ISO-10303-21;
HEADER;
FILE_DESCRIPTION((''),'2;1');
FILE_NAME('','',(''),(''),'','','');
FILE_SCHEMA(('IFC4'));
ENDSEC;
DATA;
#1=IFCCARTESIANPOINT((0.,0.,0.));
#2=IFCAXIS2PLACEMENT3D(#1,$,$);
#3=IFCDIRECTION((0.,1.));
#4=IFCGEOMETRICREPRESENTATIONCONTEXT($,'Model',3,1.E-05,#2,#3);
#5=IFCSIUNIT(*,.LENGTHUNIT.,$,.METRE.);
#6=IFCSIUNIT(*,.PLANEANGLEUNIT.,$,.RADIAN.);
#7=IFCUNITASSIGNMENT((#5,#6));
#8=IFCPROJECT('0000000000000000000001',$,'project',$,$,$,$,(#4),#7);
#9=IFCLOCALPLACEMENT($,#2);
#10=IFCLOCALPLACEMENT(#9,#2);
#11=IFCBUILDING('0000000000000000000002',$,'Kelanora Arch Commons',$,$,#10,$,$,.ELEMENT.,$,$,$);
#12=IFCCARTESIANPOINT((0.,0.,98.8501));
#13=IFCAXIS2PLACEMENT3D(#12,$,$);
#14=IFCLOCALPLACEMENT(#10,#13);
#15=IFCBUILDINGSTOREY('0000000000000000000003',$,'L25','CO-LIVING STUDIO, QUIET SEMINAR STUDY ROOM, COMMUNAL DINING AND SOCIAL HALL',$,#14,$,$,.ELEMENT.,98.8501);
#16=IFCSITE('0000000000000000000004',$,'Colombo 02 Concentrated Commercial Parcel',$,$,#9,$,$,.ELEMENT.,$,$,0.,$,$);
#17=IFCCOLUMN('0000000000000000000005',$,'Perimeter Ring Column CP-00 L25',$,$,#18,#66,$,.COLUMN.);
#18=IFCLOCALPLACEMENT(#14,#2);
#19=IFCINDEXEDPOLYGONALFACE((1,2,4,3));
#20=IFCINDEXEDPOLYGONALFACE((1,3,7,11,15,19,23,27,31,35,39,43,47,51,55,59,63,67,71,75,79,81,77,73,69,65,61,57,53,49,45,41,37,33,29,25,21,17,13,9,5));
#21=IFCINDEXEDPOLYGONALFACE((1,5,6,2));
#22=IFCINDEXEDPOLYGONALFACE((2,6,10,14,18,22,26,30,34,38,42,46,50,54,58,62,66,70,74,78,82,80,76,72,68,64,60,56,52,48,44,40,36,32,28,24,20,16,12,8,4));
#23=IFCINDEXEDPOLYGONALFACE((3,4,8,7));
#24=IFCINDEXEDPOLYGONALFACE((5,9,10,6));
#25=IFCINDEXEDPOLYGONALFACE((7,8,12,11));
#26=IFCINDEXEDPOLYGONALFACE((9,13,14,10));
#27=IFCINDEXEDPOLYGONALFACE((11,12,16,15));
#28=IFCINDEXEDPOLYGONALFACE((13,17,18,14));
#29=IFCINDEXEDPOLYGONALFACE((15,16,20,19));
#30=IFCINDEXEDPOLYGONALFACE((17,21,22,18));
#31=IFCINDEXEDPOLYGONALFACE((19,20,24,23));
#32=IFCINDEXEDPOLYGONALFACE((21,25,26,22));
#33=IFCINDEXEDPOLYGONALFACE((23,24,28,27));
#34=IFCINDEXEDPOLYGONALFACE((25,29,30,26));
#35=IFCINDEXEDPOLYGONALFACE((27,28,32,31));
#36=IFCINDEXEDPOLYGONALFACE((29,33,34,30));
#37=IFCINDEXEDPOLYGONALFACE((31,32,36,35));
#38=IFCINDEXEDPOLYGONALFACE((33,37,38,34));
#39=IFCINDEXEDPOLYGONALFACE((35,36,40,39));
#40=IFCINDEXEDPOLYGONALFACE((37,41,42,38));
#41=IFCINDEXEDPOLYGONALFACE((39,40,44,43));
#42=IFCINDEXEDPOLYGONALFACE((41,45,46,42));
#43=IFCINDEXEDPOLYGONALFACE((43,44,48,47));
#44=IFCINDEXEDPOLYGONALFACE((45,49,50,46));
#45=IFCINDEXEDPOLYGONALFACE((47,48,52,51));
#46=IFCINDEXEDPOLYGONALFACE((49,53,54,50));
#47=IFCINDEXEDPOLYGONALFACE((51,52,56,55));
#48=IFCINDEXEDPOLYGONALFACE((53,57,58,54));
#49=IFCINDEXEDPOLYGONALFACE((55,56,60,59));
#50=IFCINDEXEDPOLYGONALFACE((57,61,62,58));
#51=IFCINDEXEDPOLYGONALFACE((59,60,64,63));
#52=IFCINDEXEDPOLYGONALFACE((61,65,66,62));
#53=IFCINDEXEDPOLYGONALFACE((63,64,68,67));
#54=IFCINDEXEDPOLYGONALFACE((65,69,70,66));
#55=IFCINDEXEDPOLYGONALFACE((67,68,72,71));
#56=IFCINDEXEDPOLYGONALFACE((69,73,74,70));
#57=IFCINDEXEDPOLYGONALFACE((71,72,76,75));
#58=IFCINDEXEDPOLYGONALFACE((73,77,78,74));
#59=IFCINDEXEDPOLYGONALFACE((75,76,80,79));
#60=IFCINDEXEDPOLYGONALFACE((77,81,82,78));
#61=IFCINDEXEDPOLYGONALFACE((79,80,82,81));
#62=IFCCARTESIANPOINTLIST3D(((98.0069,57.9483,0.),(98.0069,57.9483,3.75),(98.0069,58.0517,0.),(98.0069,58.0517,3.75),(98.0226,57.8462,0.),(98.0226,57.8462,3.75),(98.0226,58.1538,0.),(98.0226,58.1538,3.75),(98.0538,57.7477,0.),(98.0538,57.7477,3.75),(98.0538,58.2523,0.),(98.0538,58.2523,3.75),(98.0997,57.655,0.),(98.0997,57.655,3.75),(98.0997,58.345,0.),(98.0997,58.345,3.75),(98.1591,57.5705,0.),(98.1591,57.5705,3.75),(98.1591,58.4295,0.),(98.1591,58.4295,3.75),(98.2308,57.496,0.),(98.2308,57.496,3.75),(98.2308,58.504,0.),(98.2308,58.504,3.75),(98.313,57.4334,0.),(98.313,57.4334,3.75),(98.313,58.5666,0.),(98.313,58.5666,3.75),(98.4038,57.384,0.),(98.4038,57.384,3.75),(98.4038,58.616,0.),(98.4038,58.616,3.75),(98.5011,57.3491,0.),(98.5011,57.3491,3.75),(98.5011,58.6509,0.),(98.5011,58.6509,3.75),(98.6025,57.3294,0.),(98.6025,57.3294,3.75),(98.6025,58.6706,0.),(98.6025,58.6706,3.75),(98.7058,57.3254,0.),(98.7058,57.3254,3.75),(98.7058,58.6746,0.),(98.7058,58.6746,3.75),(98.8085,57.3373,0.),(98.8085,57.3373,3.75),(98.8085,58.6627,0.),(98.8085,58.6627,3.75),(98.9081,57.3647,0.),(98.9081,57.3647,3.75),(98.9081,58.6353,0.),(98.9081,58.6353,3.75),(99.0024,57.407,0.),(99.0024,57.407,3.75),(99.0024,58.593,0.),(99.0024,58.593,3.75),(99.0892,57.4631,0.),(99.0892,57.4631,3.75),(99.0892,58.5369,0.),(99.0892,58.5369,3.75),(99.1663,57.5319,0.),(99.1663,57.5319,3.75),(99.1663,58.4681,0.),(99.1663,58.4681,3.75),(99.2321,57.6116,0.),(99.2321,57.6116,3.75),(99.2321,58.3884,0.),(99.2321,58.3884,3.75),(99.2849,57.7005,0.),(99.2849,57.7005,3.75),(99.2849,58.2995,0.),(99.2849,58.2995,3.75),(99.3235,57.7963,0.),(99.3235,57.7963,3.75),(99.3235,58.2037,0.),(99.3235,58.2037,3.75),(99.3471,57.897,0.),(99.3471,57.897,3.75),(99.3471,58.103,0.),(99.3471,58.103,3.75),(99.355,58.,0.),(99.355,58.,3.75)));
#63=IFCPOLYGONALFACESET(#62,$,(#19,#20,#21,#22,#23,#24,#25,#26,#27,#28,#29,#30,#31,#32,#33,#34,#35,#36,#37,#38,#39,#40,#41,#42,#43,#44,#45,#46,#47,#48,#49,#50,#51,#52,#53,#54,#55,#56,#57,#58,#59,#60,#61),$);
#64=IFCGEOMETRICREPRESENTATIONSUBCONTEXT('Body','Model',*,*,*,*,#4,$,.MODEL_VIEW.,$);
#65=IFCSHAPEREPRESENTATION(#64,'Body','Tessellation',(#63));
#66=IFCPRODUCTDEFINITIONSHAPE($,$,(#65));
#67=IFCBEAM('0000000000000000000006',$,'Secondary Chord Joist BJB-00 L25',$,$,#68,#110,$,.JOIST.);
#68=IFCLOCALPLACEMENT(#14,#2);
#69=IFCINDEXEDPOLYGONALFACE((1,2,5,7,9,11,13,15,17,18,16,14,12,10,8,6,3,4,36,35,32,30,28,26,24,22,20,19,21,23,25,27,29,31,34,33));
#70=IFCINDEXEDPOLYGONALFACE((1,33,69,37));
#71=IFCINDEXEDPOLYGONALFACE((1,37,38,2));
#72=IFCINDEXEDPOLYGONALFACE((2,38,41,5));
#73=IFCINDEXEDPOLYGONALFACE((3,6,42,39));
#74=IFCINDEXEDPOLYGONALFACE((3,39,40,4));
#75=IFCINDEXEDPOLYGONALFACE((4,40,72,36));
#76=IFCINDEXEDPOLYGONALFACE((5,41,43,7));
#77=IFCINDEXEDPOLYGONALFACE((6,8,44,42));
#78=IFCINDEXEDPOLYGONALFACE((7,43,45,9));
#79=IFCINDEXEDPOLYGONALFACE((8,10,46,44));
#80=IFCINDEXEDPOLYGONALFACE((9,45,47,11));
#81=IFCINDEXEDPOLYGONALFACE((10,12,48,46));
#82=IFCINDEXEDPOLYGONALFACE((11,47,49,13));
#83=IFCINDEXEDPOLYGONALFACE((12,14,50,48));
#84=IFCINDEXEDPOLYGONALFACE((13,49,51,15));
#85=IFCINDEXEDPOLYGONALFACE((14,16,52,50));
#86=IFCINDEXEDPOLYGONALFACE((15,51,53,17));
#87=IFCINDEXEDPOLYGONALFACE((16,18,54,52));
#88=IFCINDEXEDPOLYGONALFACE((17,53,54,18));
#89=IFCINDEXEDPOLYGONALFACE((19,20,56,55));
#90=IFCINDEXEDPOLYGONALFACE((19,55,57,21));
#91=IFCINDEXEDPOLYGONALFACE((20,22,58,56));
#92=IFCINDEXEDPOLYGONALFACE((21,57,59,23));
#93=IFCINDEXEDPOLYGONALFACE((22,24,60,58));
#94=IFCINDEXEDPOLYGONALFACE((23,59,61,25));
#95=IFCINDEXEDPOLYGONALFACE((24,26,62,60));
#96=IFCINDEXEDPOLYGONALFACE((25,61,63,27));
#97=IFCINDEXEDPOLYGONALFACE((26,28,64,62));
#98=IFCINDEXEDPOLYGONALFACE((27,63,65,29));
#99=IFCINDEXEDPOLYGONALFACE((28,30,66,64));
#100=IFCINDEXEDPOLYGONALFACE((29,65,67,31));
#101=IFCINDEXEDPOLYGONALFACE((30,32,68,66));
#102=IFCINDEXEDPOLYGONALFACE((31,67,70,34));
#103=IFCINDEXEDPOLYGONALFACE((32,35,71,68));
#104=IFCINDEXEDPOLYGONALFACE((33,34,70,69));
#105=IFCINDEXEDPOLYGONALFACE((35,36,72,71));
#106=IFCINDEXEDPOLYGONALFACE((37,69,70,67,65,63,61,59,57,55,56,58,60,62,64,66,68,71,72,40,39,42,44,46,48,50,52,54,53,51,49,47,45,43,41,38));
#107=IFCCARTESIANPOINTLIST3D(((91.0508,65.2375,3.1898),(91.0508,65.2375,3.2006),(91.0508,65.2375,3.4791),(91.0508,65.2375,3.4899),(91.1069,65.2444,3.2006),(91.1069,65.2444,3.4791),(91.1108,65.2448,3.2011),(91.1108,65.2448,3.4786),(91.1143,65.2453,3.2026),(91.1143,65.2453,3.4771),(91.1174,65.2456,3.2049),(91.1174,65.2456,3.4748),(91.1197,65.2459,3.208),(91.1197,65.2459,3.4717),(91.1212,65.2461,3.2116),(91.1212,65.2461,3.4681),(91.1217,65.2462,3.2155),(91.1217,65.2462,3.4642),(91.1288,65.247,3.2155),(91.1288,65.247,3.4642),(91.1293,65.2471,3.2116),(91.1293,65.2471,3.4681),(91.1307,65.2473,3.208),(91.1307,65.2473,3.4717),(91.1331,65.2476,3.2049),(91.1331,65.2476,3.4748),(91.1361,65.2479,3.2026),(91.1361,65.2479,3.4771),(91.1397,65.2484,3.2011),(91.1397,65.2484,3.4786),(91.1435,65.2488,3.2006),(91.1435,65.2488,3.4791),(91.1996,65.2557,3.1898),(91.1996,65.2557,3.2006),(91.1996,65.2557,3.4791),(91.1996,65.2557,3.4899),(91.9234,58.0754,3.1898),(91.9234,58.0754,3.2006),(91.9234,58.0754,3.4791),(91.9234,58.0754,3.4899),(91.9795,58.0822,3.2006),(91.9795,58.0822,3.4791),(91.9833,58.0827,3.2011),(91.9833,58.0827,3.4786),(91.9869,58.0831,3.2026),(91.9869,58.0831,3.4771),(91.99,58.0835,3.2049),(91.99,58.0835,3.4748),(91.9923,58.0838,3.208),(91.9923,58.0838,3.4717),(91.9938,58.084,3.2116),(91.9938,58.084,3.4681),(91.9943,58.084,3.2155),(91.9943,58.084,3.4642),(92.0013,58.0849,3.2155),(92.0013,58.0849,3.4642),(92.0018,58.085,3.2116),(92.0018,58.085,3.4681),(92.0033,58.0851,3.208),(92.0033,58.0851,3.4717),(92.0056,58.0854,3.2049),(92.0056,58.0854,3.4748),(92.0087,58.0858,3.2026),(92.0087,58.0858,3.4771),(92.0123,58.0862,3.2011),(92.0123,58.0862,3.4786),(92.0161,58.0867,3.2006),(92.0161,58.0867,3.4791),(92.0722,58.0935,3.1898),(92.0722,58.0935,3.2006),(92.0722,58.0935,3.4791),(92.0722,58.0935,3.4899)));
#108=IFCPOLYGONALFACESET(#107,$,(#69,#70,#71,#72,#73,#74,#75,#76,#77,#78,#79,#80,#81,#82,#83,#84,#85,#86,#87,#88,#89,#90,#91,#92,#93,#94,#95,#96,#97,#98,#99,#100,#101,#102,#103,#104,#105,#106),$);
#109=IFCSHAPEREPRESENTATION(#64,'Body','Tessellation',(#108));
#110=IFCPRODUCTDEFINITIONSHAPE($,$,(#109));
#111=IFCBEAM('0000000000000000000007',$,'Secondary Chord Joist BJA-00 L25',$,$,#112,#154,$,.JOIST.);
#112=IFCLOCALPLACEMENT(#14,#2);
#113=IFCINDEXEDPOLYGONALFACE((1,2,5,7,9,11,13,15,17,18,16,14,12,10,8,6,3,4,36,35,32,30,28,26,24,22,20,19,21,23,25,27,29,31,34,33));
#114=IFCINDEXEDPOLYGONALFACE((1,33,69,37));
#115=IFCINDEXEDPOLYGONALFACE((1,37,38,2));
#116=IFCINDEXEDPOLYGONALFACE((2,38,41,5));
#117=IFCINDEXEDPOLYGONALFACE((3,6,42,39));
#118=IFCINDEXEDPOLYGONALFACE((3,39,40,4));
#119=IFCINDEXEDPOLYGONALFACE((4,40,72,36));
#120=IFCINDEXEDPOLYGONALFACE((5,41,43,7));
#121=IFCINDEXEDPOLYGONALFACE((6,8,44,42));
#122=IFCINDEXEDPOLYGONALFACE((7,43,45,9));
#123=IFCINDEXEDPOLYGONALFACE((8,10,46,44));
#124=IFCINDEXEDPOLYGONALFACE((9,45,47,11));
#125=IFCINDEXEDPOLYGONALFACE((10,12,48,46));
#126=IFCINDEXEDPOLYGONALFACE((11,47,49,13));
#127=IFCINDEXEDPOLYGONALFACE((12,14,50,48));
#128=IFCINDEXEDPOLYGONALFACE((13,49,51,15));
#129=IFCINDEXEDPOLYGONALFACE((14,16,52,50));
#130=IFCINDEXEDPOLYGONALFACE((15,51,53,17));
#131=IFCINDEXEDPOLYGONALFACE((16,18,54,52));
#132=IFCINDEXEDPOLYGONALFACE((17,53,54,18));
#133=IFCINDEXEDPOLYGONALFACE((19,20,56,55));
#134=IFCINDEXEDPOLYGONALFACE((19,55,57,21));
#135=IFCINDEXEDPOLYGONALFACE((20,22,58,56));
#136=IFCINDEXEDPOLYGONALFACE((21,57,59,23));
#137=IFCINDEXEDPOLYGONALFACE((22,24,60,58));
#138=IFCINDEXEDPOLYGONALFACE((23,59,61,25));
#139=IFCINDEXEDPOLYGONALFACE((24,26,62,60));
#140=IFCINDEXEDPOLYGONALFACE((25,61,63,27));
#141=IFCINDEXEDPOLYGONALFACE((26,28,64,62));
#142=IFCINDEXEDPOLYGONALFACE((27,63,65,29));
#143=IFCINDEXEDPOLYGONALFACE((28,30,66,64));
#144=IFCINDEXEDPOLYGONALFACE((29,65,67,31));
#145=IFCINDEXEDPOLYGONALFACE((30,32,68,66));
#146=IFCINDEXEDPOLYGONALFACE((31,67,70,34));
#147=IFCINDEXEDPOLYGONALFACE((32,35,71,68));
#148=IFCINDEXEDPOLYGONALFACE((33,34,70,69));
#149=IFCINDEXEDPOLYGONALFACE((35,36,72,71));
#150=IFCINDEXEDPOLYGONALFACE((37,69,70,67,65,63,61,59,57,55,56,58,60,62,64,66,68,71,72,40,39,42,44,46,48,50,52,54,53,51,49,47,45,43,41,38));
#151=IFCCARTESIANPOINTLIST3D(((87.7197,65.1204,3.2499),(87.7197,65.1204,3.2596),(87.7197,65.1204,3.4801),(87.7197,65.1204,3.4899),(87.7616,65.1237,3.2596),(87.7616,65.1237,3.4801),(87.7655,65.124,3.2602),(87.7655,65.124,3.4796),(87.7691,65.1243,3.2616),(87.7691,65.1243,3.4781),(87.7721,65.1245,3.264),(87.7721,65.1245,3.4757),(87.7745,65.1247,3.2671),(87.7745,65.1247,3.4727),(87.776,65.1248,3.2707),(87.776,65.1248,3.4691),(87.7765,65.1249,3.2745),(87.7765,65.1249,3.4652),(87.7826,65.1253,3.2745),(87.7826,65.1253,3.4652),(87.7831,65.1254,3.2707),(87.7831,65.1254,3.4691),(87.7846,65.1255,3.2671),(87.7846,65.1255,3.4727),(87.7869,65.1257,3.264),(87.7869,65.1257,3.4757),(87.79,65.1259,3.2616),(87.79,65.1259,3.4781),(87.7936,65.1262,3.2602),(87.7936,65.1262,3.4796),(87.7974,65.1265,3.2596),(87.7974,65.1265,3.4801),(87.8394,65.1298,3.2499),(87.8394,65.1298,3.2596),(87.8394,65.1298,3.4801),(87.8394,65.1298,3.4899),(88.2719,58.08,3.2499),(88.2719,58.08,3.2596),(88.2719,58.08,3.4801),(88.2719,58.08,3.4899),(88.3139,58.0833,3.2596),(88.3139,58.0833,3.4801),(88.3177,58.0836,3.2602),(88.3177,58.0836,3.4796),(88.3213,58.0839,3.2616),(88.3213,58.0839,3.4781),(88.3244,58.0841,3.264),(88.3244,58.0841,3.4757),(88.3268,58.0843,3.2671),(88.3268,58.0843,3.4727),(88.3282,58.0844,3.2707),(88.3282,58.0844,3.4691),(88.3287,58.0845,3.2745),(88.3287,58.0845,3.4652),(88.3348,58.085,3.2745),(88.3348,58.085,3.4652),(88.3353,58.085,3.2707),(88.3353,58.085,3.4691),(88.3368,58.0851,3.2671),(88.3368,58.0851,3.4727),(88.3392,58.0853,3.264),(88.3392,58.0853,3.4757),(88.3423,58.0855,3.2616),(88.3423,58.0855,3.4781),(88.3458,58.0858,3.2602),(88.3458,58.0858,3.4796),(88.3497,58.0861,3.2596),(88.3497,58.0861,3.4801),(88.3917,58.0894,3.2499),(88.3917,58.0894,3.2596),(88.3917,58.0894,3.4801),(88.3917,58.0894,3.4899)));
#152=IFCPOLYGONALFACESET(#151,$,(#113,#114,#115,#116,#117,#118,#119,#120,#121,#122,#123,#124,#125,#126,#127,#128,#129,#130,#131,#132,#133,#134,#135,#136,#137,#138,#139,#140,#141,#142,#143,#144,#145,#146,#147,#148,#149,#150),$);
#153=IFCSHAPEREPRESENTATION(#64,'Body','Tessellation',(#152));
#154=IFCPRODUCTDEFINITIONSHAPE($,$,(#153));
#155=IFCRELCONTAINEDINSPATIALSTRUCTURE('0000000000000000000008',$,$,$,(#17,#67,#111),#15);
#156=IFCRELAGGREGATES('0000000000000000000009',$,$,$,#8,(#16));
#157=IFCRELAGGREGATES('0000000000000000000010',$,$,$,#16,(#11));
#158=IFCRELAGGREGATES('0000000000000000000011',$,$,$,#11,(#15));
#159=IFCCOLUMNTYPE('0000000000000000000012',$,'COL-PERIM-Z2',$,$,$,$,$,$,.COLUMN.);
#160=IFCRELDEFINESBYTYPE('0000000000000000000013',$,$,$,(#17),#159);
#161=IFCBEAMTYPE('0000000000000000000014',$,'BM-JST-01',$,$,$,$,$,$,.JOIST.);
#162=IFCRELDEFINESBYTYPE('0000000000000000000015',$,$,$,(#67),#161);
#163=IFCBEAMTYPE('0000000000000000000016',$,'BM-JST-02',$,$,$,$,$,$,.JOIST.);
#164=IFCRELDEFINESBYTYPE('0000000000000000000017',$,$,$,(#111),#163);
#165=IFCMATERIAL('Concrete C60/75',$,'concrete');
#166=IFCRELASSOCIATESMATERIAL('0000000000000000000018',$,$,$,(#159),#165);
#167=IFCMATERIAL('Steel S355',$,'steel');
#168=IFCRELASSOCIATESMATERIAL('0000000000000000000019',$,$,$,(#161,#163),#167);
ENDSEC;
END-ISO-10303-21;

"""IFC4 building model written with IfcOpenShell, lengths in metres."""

from ifc_helpers import new_model, si_unit, direction, frame, origin, origin_2d, place, context, subcontext, project, spatial, circle, i_section, extrude, material, material_profile, profile_set, type_object, element, save


model = new_model("IFC4")

# Units and contexts
model_context = context("Model", 3, precision=1e-05, world=origin(), true_north=direction((0.0, 1.0)))
body_context = subcontext(model_context, "Body", "Model", "MODEL_VIEW")
ifc_project = project(units=[si_unit("LENGTHUNIT", "METRE"), si_unit("PLANEANGLEUNIT", "RADIAN")], contexts=[model_context])

# Site, building, storey
site_placement = place(None, origin())
site = spatial("IfcSite", under=ifc_project, at=site_placement, Name="Colombo 02 Concentrated Commercial Parcel", CompositionType="ELEMENT", RefElevation=0.0)
building_placement = place(site_placement, origin())
building = spatial("IfcBuilding", under=site, at=building_placement, Name="Kelanora Arch Commons", CompositionType="ELEMENT")
storey_placement = place(building_placement, frame((0.0, 0.0, 98.8501)))
storey = spatial("IfcBuildingStorey", under=building, at=storey_placement, Name="L25", Description="CO-LIVING STUDIO, QUIET SEMINAR STUDY ROOM, COMMUNAL DINING AND SOCIAL HALL", CompositionType="ELEMENT", Elevation=98.8501)

# Column
ifc_material_1 = material(Name="Concrete C60/75", Category="concrete")
ifc_material_profile_1 = material_profile(ifc_material_1, circle(Radius=0.675, at=origin_2d()), Name="RCC1350")
ifc_profile_set_1 = profile_set([ifc_material_profile_1], Name="Concrete C60/75")
column_type = type_object("IfcColumnType", Name="COL-PERIM-Z2", PredefinedType="COLUMN", material=ifc_profile_set_1)
column_placement = place(storey_placement, frame((98.6799, 58.0, 0.0), z_axis=(0.0, 0.0, 1.0), x_axis=(1.0, 0.0, 0.0)))
element("IfcColumn", 1, at=column_placement, inside=storey, type_object=column_type, Name="Perimeter Ring Column CP-00 L25", PredefinedType="COLUMN", context=body_context, shape_type="SweptSolid", body=[
    extrude(circle(Radius=0.675, at=origin_2d()), origin(), (0.0, 0.0, 1.0), 3.75),
])

# Beams
ifc_material_2 = material(Name="Steel S355", Category="steel")
ifc_material_profile_2 = material_profile(ifc_material_2, i_section(OverallWidth=0.1499, OverallDepth=0.3, WebThickness=0.0071, FlangeThickness=0.0107, FilletRadius=0.0149, at=origin_2d()), Name="IPE300")
ifc_profile_set_2 = profile_set([ifc_material_profile_2], Name="Steel S355")
beam_type_1 = type_object("IfcBeamType", Name="BM-JST-01", PredefinedType="JOIST", material=ifc_profile_set_2)
beam_1_placement = place(storey_placement, frame((91.9978, 58.0845, 3.3398), z_axis=(-0.120936, 0.99266, 0.0), x_axis=(-0.99266, -0.120936, 0.0)))
element("IfcBeam", 2, at=beam_1_placement, inside=storey, type_object=beam_type_1, Name="Secondary Chord Joist BJB-00 L25", PredefinedType="JOIST", context=body_context, shape_type="SweptSolid", body=[
    extrude(i_section(OverallWidth=0.1499, OverallDepth=0.3, WebThickness=0.0071, FlangeThickness=0.0107, FilletRadius=0.0149, at=origin_2d()), origin(), (0.0, 0.0, 1.0), 7.2151),
])
ifc_material_profile_3 = material_profile(ifc_material_2, i_section(OverallWidth=0.1201, OverallDepth=0.24, WebThickness=0.0061, FlangeThickness=0.0098, FilletRadius=0.0149, at=origin_2d()), Name="IPE240")
ifc_profile_set_3 = profile_set([ifc_material_profile_3], Name="Steel S355")
beam_type_2 = type_object("IfcBeamType", Name="BM-JST-02", PredefinedType="JOIST", material=ifc_profile_set_3)
beam_2_placement = place(storey_placement, frame((88.3318, 58.0847, 3.3699), z_axis=(-0.078201, 0.996938, 0.0), x_axis=(-0.996938, -0.078201, 0.0)))
element("IfcBeam", 3, at=beam_2_placement, inside=storey, type_object=beam_type_2, Name="Secondary Chord Joist BJA-00 L25", PredefinedType="JOIST", context=body_context, shape_type="SweptSolid", body=[
    extrude(i_section(OverallWidth=0.1201, OverallDepth=0.24, WebThickness=0.0061, FlangeThickness=0.0098, FilletRadius=0.0149, at=origin_2d()), origin(), (0.0, 0.0, 1.0), 7.062),
])

save(model, "model.ifc")
